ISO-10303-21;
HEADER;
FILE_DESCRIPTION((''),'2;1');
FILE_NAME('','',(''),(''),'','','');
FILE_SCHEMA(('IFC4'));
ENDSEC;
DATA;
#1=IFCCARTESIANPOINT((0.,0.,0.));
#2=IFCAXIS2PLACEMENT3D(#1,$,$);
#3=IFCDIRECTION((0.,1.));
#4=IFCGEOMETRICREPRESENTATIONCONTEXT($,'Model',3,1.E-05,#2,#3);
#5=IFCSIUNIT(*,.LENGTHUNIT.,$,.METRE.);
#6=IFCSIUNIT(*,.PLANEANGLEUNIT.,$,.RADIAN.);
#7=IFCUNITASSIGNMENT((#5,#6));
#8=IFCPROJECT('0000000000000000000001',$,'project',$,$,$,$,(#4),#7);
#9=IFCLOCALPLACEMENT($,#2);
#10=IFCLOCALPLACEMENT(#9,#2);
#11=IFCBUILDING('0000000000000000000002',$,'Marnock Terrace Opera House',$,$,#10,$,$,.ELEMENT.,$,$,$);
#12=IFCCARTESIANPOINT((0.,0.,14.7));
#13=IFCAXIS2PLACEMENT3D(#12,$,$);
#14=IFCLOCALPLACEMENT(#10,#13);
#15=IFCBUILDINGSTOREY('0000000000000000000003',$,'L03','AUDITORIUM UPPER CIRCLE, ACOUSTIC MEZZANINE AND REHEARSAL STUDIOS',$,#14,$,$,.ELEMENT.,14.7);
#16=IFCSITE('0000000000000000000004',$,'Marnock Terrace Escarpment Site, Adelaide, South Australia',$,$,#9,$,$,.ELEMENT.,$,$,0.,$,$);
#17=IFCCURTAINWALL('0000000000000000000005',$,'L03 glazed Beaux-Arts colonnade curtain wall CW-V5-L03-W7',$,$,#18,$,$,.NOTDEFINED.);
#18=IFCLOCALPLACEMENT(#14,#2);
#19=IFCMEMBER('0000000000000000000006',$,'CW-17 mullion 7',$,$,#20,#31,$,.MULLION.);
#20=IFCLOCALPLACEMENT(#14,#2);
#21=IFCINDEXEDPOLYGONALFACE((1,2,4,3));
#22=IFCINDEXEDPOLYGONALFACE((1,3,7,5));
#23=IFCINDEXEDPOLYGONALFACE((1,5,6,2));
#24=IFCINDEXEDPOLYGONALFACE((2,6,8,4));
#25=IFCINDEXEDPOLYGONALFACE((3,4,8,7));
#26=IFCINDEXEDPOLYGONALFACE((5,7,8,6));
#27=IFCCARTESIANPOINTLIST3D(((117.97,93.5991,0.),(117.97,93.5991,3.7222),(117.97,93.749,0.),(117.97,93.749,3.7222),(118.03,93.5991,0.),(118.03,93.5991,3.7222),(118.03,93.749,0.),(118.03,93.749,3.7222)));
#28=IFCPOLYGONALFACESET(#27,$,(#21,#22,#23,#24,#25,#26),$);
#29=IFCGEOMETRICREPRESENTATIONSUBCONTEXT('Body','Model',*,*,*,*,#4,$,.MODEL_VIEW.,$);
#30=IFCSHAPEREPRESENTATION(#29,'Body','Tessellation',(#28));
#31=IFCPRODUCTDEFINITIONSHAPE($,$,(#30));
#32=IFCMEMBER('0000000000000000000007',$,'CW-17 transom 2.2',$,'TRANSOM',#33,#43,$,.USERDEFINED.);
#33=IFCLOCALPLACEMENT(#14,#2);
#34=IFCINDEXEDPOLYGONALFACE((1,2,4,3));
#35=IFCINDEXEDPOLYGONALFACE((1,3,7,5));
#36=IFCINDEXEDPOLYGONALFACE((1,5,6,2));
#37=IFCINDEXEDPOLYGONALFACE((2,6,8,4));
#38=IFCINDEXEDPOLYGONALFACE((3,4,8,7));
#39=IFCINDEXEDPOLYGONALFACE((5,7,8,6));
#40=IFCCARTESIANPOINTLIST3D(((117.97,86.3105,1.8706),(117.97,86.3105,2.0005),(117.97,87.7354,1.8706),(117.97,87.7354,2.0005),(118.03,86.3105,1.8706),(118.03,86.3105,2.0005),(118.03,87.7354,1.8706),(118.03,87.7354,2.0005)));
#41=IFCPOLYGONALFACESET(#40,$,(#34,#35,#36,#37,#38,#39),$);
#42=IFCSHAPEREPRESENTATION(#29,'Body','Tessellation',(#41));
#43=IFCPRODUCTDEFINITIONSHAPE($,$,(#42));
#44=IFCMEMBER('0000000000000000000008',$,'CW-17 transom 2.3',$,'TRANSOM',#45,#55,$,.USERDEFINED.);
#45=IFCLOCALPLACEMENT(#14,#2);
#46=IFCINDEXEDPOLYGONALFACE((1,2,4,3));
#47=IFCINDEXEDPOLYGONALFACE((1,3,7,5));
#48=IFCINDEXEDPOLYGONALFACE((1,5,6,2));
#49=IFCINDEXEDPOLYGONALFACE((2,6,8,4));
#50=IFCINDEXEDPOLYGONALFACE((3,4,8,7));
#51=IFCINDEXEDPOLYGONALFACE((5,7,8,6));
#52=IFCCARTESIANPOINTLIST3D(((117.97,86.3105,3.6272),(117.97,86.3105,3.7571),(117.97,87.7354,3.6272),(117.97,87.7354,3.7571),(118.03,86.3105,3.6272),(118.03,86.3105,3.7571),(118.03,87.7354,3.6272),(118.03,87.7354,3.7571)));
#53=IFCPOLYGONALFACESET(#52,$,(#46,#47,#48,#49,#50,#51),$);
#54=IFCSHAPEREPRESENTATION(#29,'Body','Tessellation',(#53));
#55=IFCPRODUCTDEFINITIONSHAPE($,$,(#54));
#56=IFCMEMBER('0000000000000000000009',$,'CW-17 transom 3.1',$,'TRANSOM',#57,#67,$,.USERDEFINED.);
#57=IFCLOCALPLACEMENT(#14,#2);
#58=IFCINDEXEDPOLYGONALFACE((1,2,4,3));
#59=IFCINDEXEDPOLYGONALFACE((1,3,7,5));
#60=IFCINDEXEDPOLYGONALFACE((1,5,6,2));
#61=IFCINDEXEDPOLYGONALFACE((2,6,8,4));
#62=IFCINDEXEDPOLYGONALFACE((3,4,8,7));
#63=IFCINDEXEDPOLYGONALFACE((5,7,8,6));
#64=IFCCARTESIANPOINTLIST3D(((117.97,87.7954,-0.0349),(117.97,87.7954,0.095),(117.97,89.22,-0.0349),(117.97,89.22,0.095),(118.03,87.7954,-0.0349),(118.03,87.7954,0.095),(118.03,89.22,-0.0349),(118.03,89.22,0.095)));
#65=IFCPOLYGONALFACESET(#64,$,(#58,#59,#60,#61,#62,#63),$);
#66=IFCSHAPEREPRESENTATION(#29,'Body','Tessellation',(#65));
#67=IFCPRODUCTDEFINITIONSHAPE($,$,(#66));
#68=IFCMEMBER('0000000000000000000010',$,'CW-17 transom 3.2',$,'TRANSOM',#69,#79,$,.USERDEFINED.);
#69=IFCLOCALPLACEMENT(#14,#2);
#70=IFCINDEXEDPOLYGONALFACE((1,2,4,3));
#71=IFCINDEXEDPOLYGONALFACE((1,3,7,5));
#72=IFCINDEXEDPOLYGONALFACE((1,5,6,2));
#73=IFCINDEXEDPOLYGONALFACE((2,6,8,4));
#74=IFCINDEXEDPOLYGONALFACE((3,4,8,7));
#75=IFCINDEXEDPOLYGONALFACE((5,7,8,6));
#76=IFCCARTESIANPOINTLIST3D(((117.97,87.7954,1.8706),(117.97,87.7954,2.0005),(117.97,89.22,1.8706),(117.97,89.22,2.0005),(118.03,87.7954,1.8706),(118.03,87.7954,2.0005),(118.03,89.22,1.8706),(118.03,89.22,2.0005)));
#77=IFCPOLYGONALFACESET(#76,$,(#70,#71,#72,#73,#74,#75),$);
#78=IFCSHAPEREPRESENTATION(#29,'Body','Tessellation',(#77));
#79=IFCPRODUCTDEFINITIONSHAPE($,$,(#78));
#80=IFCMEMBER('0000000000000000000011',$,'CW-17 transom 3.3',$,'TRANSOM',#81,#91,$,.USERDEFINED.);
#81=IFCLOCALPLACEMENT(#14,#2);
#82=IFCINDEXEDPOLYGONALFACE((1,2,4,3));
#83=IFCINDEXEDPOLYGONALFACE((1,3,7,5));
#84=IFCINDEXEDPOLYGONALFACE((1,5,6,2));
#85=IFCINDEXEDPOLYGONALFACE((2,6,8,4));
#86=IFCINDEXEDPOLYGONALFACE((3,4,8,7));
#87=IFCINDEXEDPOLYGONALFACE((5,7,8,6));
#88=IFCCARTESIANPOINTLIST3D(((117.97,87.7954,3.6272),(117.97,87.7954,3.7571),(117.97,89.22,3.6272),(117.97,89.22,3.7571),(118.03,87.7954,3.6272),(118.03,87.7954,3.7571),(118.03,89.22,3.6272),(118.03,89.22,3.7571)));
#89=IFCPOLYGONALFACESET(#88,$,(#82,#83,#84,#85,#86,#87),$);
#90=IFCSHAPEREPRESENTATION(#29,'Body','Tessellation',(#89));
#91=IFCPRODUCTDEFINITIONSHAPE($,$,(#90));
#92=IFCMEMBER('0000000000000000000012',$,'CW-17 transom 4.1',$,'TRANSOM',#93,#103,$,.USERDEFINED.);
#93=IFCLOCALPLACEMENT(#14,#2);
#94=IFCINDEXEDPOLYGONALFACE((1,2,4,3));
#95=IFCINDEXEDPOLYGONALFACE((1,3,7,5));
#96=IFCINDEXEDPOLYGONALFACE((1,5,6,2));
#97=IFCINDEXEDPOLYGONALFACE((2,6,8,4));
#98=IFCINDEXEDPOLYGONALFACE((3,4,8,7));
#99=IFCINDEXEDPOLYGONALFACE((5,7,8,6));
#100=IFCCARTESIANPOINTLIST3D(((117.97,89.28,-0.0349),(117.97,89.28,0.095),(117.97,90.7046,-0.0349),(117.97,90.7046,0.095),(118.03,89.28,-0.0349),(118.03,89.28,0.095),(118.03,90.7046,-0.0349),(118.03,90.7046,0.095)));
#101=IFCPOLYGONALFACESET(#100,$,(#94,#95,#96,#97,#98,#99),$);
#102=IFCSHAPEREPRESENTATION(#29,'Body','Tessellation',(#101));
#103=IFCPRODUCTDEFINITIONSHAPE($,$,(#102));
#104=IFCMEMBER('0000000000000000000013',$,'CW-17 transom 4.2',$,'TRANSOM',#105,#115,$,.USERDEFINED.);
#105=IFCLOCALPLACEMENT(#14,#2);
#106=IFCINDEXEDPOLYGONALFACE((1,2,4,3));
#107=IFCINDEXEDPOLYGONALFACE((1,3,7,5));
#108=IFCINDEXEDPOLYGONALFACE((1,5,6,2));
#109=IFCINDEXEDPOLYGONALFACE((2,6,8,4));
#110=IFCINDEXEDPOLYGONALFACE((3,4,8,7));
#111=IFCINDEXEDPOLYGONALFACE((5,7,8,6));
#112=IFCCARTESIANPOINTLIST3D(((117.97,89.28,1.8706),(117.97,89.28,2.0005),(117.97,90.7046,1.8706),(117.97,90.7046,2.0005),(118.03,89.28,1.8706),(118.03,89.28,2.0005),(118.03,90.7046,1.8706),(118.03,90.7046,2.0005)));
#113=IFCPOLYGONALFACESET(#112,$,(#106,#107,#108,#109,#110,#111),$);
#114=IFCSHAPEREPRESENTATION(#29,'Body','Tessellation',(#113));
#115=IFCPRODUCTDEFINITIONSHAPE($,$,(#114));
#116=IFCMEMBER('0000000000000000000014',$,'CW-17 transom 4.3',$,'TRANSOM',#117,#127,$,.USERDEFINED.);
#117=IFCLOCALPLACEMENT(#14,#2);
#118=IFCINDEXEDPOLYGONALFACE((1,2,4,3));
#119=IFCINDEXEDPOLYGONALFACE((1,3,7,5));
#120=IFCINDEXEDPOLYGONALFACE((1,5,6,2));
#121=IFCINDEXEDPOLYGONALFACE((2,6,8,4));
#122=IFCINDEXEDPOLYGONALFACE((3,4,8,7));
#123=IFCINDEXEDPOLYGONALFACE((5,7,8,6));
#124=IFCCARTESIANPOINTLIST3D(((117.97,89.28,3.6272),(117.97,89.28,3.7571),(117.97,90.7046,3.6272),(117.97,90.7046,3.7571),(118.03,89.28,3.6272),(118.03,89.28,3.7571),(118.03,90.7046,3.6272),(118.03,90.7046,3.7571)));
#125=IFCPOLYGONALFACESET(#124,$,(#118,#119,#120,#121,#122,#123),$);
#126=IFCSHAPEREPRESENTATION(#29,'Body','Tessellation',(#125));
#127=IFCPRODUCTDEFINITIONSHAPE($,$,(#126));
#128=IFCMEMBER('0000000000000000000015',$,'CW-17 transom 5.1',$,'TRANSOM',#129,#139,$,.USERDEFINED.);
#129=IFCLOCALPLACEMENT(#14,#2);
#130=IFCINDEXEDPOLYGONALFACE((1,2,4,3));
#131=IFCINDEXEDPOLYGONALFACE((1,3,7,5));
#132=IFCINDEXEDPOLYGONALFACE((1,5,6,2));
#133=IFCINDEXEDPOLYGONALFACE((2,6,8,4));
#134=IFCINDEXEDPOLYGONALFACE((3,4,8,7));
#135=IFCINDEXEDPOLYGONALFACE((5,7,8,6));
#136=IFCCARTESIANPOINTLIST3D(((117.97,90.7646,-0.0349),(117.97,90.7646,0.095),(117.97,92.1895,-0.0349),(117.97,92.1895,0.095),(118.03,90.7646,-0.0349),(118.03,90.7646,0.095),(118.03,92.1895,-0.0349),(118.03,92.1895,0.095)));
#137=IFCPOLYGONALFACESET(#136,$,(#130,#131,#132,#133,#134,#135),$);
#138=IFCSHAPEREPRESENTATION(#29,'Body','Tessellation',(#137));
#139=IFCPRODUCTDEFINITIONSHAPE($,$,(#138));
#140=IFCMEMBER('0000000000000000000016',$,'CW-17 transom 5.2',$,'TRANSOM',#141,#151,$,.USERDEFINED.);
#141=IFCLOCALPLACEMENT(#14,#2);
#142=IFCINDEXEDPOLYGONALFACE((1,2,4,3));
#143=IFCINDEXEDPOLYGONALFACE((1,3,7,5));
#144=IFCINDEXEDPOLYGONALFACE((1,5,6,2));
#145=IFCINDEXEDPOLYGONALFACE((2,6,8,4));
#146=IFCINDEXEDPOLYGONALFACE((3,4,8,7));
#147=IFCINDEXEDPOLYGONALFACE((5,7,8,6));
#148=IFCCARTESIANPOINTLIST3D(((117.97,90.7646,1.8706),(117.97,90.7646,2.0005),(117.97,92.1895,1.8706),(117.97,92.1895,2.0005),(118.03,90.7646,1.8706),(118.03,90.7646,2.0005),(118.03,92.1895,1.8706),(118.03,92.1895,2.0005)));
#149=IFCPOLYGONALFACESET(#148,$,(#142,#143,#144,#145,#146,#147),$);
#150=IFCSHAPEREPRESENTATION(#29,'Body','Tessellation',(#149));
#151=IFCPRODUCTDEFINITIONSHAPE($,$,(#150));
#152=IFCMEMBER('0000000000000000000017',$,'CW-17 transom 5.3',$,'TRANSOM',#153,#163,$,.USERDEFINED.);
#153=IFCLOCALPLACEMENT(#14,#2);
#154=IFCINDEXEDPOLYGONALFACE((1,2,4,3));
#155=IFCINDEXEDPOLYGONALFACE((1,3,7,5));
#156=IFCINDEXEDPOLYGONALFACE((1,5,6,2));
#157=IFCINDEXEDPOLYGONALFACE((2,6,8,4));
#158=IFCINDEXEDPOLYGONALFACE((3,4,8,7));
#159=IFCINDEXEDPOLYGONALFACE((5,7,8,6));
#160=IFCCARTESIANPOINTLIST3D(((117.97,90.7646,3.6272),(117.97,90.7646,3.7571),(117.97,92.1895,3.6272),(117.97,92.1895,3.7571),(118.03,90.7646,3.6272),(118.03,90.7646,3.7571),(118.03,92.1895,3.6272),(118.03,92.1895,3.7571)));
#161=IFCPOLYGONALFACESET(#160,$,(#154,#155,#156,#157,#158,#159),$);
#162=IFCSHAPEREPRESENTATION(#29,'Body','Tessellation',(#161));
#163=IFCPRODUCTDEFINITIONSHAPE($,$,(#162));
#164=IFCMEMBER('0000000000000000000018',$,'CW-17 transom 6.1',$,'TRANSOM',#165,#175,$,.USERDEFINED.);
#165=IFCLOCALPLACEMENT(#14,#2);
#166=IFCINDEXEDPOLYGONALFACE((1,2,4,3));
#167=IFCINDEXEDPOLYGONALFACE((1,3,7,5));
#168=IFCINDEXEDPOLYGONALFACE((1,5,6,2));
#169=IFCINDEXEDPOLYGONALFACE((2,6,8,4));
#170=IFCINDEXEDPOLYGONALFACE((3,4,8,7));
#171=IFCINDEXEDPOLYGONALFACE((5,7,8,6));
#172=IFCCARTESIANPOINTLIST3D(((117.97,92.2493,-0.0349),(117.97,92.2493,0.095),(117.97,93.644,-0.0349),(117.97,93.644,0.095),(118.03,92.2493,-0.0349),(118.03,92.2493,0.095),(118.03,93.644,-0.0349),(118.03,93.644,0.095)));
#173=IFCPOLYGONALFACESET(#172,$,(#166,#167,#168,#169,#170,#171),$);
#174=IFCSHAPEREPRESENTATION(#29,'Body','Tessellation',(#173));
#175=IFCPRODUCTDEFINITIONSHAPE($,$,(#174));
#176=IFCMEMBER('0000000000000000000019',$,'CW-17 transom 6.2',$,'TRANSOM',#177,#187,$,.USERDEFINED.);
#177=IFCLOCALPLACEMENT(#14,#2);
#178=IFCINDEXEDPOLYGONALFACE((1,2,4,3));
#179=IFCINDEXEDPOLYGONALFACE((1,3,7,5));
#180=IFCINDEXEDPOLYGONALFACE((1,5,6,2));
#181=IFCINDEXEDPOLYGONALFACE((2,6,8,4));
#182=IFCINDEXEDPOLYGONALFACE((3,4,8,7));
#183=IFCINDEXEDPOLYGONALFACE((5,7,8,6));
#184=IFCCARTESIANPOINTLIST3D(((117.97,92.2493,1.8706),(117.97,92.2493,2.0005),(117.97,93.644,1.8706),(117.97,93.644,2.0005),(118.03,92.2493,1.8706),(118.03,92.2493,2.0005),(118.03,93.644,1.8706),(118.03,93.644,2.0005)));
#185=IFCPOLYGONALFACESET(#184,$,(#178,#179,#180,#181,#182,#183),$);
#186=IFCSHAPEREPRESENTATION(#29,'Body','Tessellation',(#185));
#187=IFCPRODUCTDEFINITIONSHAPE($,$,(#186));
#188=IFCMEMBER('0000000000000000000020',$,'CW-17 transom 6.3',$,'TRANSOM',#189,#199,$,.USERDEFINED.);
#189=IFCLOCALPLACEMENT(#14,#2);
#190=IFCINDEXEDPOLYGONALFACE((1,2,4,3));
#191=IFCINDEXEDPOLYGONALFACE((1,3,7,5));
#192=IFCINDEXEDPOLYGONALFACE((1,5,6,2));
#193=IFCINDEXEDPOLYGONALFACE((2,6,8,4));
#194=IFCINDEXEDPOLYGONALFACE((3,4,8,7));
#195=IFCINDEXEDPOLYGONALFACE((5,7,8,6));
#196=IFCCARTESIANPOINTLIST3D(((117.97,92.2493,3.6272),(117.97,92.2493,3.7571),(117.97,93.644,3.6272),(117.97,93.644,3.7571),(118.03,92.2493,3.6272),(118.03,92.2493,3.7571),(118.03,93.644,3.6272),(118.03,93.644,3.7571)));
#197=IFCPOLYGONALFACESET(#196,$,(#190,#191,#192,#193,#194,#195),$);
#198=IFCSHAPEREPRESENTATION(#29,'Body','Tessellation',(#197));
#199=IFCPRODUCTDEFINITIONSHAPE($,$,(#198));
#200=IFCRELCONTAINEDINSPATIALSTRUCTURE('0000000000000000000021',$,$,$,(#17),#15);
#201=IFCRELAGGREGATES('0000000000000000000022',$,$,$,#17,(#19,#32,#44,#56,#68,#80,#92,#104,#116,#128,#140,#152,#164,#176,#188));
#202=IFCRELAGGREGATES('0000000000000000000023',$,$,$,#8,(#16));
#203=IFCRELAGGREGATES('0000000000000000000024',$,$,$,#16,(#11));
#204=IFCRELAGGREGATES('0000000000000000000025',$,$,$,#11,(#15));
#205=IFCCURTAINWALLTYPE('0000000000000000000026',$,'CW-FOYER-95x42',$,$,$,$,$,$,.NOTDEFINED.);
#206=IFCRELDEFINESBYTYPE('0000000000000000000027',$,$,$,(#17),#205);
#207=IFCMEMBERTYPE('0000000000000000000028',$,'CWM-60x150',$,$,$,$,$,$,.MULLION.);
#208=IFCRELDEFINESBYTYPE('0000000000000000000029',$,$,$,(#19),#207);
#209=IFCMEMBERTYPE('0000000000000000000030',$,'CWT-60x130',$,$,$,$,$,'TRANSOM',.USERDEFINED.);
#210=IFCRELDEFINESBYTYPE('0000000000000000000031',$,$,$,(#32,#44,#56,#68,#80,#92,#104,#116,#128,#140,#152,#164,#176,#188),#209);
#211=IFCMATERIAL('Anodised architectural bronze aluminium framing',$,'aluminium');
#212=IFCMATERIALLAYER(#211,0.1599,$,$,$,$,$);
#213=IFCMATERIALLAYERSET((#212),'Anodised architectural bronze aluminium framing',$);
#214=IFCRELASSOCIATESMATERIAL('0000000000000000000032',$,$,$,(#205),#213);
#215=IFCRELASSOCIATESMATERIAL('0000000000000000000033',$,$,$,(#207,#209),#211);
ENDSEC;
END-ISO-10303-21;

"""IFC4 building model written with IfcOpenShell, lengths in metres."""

from ifc_helpers import new_model, si_unit, direction, frame, origin, origin_2d, place, context, subcontext, project, spatial, rectangle, extrude, material, layer, layer_set, material_profile, profile_set, type_object, element, aggregate, save


model = new_model("IFC4")

# Units and contexts
model_context = context("Model", 3, precision=1e-05, world=origin(), true_north=direction((0.0, 1.0)))
body_context = subcontext(model_context, "Body", "Model", "MODEL_VIEW")
ifc_project = project(units=[si_unit("LENGTHUNIT", "METRE"), si_unit("PLANEANGLEUNIT", "RADIAN")], contexts=[model_context])

# Site, building, storey
site_placement = place(None, origin())
site = spatial("IfcSite", under=ifc_project, at=site_placement, Name="Marnock Terrace Escarpment Site, Adelaide, South Australia", CompositionType="ELEMENT", RefElevation=0.0)
building_placement = place(site_placement, origin())
building = spatial("IfcBuilding", under=site, at=building_placement, Name="Marnock Terrace Opera House", CompositionType="ELEMENT")
storey_placement = place(building_placement, frame((0.0, 0.0, 14.7)))
storey = spatial("IfcBuildingStorey", under=building, at=storey_placement, Name="L03", Description="AUDITORIUM UPPER CIRCLE, ACOUSTIC MEZZANINE AND REHEARSAL STUDIOS", CompositionType="ELEMENT", Elevation=14.7)

# Curtain wall, members
ifc_material_1 = material(Name="Anodised architectural bronze aluminium framing", Category="aluminium")
ifc_layer_1 = layer(ifc_material_1, 0.1599)
ifc_layer_set_1 = layer_set([ifc_layer_1], Name="Anodised architectural bronze aluminium framing")
curtain_wall_type = type_object("IfcCurtainWallType", Name="CW-FOYER-95x42", PredefinedType="NOTDEFINED", material=ifc_layer_set_1)
curtain_wall_placement = place(storey_placement, origin())
curtain_wall = element("IfcCurtainWall", 1, at=curtain_wall_placement, inside=storey, type_object=curtain_wall_type, Name="L03 glazed Beaux-Arts colonnade curtain wall CW-V5-L03-W7", PredefinedType="NOTDEFINED")
ifc_material_profile_1 = material_profile(ifc_material_1, rectangle(XDim=0.0601, YDim=0.1499, at=origin_2d()))
ifc_profile_set_1 = profile_set([ifc_material_profile_1], Name="Anodised architectural bronze aluminium framing")
member_type_1 = type_object("IfcMemberType", Name="CWM-60x150", PredefinedType="MULLION", material=ifc_profile_set_1)
member_1_placement = place(storey_placement, frame((118.0, 93.6741, 0.0), z_axis=(0.0, 0.0, 1.0), x_axis=(-1.0, 0.0, 0.0)))
member_1 = element("IfcMember", 2, at=member_1_placement, type_object=member_type_1, Name="CW-17 mullion 7", PredefinedType="MULLION", context=body_context, shape_type="SweptSolid", body=[
    extrude(rectangle(XDim=0.0601, YDim=0.1499, at=origin_2d()), origin(), (0.0, 0.0, 1.0), 3.7222),
])
ifc_material_profile_2 = material_profile(ifc_material_1, rectangle(XDim=0.0601, YDim=0.1299, at=origin_2d()))
ifc_profile_set_2 = profile_set([ifc_material_profile_2], Name="Anodised architectural bronze aluminium framing")
member_type_2 = type_object("IfcMemberType", Name="CWT-60x130", ElementType="TRANSOM", PredefinedType="USERDEFINED", material=ifc_profile_set_2)
member_2_placement = place(storey_placement, frame((118.0, 86.3105, 1.9355), z_axis=(0.0, 1.0, 0.0), x_axis=(-1.0, 0.0, 0.0)))
member_2 = element("IfcMember", 3, at=member_2_placement, type_object=member_type_2, Name="CW-17 transom 2.2", ObjectType="TRANSOM", PredefinedType="USERDEFINED", context=body_context, shape_type="SweptSolid", body=[
    extrude(rectangle(XDim=0.0601, YDim=0.1299, at=origin_2d()), origin(), (0.0, 0.0, 1.0), 1.4248),
])
member_3_placement = place(storey_placement, frame((118.0, 86.3105, 3.6921), z_axis=(0.0, 1.0, 0.0), x_axis=(-1.0, 0.0, 0.0)))
member_3 = element("IfcMember", 4, at=member_3_placement, type_object=member_type_2, Name="CW-17 transom 2.3", ObjectType="TRANSOM", PredefinedType="USERDEFINED", context=body_context, shape_type="SweptSolid", body=[
    extrude(rectangle(XDim=0.0601, YDim=0.1299, at=origin_2d()), origin(), (0.0, 0.0, 1.0), 1.4248),
])
member_4_placement = place(storey_placement, frame((118.0, 87.7954, 0.03), z_axis=(0.0, 1.0, 0.0), x_axis=(-1.0, 0.0, 0.0)))
member_4 = element("IfcMember", 5, at=member_4_placement, type_object=member_type_2, Name="CW-17 transom 3.1", ObjectType="TRANSOM", PredefinedType="USERDEFINED", context=body_context, shape_type="SweptSolid", body=[
    extrude(rectangle(XDim=0.0601, YDim=0.1299, at=origin_2d()), origin(), (0.0, 0.0, 1.0), 1.4246),
])
member_5_placement = place(storey_placement, frame((118.0, 87.7954, 1.9355), z_axis=(0.0, 1.0, 0.0), x_axis=(-1.0, 0.0, 0.0)))
member_5 = element("IfcMember", 6, at=member_5_placement, type_object=member_type_2, Name="CW-17 transom 3.2", ObjectType="TRANSOM", PredefinedType="USERDEFINED", context=body_context, shape_type="SweptSolid", body=[
    extrude(rectangle(XDim=0.0601, YDim=0.1299, at=origin_2d()), origin(), (0.0, 0.0, 1.0), 1.4246),
])
member_6_placement = place(storey_placement, frame((118.0, 87.7954, 3.6921), z_axis=(0.0, 1.0, 0.0), x_axis=(-1.0, 0.0, 0.0)))
member_6 = element("IfcMember", 7, at=member_6_placement, type_object=member_type_2, Name="CW-17 transom 3.3", ObjectType="TRANSOM", PredefinedType="USERDEFINED", context=body_context, shape_type="SweptSolid", body=[
    extrude(rectangle(XDim=0.0601, YDim=0.1299, at=origin_2d()), origin(), (0.0, 0.0, 1.0), 1.4246),
])
member_7_placement = place(storey_placement, frame((118.0, 89.28, 0.03), z_axis=(0.0, 1.0, 0.0), x_axis=(-1.0, 0.0, 0.0)))
member_7 = element("IfcMember", 8, at=member_7_placement, type_object=member_type_2, Name="CW-17 transom 4.1", ObjectType="TRANSOM", PredefinedType="USERDEFINED", context=body_context, shape_type="SweptSolid", body=[
    extrude(rectangle(XDim=0.0601, YDim=0.1299, at=origin_2d()), origin(), (0.0, 0.0, 1.0), 1.4246),
])
member_8_placement = place(storey_placement, frame((118.0, 89.28, 1.9355), z_axis=(0.0, 1.0, 0.0), x_axis=(-1.0, 0.0, 0.0)))
member_8 = element("IfcMember", 9, at=member_8_placement, type_object=member_type_2, Name="CW-17 transom 4.2", ObjectType="TRANSOM", PredefinedType="USERDEFINED", context=body_context, shape_type="SweptSolid", body=[
    extrude(rectangle(XDim=0.0601, YDim=0.1299, at=origin_2d()), origin(), (0.0, 0.0, 1.0), 1.4246),
])
member_9_placement = place(storey_placement, frame((118.0, 89.28, 3.6921), z_axis=(0.0, 1.0, 0.0), x_axis=(-1.0, 0.0, 0.0)))
member_9 = element("IfcMember", 10, at=member_9_placement, type_object=member_type_2, Name="CW-17 transom 4.3", ObjectType="TRANSOM", PredefinedType="USERDEFINED", context=body_context, shape_type="SweptSolid", body=[
    extrude(rectangle(XDim=0.0601, YDim=0.1299, at=origin_2d()), origin(), (0.0, 0.0, 1.0), 1.4246),
])
member_10_placement = place(storey_placement, frame((118.0, 90.7646, 0.03), z_axis=(0.0, 1.0, 0.0), x_axis=(-1.0, 0.0, 0.0)))
member_10 = element("IfcMember", 11, at=member_10_placement, type_object=member_type_2, Name="CW-17 transom 5.1", ObjectType="TRANSOM", PredefinedType="USERDEFINED", context=body_context, shape_type="SweptSolid", body=[
    extrude(rectangle(XDim=0.0601, YDim=0.1299, at=origin_2d()), origin(), (0.0, 0.0, 1.0), 1.4248),
])
member_11_placement = place(storey_placement, frame((118.0, 90.7646, 1.9355), z_axis=(0.0, 1.0, 0.0), x_axis=(-1.0, 0.0, 0.0)))
member_11 = element("IfcMember", 12, at=member_11_placement, type_object=member_type_2, Name="CW-17 transom 5.2", ObjectType="TRANSOM", PredefinedType="USERDEFINED", context=body_context, shape_type="SweptSolid", body=[
    extrude(rectangle(XDim=0.0601, YDim=0.1299, at=origin_2d()), origin(), (0.0, 0.0, 1.0), 1.4248),
])
member_12_placement = place(storey_placement, frame((118.0, 90.7646, 3.6921), z_axis=(0.0, 1.0, 0.0), x_axis=(-1.0, 0.0, 0.0)))
member_12 = element("IfcMember", 13, at=member_12_placement, type_object=member_type_2, Name="CW-17 transom 5.3", ObjectType="TRANSOM", PredefinedType="USERDEFINED", context=body_context, shape_type="SweptSolid", body=[
    extrude(rectangle(XDim=0.0601, YDim=0.1299, at=origin_2d()), origin(), (0.0, 0.0, 1.0), 1.4248),
])
member_13_placement = place(storey_placement, frame((118.0, 92.2493, 0.03), z_axis=(0.0, 1.0, 0.0), x_axis=(-1.0, 0.0, 0.0)))
member_13 = element("IfcMember", 14, at=member_13_placement, type_object=member_type_2, Name="CW-17 transom 6.1", ObjectType="TRANSOM", PredefinedType="USERDEFINED", context=body_context, shape_type="SweptSolid", body=[
    extrude(rectangle(XDim=0.0601, YDim=0.1299, at=origin_2d()), origin(), (0.0, 0.0, 1.0), 1.3948),
])
member_14_placement = place(storey_placement, frame((118.0, 92.2493, 1.9355), z_axis=(0.0, 1.0, 0.0), x_axis=(-1.0, 0.0, 0.0)))
member_14 = element("IfcMember", 15, at=member_14_placement, type_object=member_type_2, Name="CW-17 transom 6.2", ObjectType="TRANSOM", PredefinedType="USERDEFINED", context=body_context, shape_type="SweptSolid", body=[
    extrude(rectangle(XDim=0.0601, YDim=0.1299, at=origin_2d()), origin(), (0.0, 0.0, 1.0), 1.3948),
])
member_15_placement = place(storey_placement, frame((118.0, 92.2493, 3.6921), z_axis=(0.0, 1.0, 0.0), x_axis=(-1.0, 0.0, 0.0)))
member_15 = element("IfcMember", 16, at=member_15_placement, type_object=member_type_2, Name="CW-17 transom 6.3", ObjectType="TRANSOM", PredefinedType="USERDEFINED", context=body_context, shape_type="SweptSolid", body=[
    extrude(rectangle(XDim=0.0601, YDim=0.1299, at=origin_2d()), origin(), (0.0, 0.0, 1.0), 1.3948),
])
aggregate(curtain_wall, [member_1, member_2, member_3, member_4, member_5, member_6, member_7, member_8, member_9, member_10, member_11, member_12, member_13, member_14, member_15])

save(model, "model.ifc")
